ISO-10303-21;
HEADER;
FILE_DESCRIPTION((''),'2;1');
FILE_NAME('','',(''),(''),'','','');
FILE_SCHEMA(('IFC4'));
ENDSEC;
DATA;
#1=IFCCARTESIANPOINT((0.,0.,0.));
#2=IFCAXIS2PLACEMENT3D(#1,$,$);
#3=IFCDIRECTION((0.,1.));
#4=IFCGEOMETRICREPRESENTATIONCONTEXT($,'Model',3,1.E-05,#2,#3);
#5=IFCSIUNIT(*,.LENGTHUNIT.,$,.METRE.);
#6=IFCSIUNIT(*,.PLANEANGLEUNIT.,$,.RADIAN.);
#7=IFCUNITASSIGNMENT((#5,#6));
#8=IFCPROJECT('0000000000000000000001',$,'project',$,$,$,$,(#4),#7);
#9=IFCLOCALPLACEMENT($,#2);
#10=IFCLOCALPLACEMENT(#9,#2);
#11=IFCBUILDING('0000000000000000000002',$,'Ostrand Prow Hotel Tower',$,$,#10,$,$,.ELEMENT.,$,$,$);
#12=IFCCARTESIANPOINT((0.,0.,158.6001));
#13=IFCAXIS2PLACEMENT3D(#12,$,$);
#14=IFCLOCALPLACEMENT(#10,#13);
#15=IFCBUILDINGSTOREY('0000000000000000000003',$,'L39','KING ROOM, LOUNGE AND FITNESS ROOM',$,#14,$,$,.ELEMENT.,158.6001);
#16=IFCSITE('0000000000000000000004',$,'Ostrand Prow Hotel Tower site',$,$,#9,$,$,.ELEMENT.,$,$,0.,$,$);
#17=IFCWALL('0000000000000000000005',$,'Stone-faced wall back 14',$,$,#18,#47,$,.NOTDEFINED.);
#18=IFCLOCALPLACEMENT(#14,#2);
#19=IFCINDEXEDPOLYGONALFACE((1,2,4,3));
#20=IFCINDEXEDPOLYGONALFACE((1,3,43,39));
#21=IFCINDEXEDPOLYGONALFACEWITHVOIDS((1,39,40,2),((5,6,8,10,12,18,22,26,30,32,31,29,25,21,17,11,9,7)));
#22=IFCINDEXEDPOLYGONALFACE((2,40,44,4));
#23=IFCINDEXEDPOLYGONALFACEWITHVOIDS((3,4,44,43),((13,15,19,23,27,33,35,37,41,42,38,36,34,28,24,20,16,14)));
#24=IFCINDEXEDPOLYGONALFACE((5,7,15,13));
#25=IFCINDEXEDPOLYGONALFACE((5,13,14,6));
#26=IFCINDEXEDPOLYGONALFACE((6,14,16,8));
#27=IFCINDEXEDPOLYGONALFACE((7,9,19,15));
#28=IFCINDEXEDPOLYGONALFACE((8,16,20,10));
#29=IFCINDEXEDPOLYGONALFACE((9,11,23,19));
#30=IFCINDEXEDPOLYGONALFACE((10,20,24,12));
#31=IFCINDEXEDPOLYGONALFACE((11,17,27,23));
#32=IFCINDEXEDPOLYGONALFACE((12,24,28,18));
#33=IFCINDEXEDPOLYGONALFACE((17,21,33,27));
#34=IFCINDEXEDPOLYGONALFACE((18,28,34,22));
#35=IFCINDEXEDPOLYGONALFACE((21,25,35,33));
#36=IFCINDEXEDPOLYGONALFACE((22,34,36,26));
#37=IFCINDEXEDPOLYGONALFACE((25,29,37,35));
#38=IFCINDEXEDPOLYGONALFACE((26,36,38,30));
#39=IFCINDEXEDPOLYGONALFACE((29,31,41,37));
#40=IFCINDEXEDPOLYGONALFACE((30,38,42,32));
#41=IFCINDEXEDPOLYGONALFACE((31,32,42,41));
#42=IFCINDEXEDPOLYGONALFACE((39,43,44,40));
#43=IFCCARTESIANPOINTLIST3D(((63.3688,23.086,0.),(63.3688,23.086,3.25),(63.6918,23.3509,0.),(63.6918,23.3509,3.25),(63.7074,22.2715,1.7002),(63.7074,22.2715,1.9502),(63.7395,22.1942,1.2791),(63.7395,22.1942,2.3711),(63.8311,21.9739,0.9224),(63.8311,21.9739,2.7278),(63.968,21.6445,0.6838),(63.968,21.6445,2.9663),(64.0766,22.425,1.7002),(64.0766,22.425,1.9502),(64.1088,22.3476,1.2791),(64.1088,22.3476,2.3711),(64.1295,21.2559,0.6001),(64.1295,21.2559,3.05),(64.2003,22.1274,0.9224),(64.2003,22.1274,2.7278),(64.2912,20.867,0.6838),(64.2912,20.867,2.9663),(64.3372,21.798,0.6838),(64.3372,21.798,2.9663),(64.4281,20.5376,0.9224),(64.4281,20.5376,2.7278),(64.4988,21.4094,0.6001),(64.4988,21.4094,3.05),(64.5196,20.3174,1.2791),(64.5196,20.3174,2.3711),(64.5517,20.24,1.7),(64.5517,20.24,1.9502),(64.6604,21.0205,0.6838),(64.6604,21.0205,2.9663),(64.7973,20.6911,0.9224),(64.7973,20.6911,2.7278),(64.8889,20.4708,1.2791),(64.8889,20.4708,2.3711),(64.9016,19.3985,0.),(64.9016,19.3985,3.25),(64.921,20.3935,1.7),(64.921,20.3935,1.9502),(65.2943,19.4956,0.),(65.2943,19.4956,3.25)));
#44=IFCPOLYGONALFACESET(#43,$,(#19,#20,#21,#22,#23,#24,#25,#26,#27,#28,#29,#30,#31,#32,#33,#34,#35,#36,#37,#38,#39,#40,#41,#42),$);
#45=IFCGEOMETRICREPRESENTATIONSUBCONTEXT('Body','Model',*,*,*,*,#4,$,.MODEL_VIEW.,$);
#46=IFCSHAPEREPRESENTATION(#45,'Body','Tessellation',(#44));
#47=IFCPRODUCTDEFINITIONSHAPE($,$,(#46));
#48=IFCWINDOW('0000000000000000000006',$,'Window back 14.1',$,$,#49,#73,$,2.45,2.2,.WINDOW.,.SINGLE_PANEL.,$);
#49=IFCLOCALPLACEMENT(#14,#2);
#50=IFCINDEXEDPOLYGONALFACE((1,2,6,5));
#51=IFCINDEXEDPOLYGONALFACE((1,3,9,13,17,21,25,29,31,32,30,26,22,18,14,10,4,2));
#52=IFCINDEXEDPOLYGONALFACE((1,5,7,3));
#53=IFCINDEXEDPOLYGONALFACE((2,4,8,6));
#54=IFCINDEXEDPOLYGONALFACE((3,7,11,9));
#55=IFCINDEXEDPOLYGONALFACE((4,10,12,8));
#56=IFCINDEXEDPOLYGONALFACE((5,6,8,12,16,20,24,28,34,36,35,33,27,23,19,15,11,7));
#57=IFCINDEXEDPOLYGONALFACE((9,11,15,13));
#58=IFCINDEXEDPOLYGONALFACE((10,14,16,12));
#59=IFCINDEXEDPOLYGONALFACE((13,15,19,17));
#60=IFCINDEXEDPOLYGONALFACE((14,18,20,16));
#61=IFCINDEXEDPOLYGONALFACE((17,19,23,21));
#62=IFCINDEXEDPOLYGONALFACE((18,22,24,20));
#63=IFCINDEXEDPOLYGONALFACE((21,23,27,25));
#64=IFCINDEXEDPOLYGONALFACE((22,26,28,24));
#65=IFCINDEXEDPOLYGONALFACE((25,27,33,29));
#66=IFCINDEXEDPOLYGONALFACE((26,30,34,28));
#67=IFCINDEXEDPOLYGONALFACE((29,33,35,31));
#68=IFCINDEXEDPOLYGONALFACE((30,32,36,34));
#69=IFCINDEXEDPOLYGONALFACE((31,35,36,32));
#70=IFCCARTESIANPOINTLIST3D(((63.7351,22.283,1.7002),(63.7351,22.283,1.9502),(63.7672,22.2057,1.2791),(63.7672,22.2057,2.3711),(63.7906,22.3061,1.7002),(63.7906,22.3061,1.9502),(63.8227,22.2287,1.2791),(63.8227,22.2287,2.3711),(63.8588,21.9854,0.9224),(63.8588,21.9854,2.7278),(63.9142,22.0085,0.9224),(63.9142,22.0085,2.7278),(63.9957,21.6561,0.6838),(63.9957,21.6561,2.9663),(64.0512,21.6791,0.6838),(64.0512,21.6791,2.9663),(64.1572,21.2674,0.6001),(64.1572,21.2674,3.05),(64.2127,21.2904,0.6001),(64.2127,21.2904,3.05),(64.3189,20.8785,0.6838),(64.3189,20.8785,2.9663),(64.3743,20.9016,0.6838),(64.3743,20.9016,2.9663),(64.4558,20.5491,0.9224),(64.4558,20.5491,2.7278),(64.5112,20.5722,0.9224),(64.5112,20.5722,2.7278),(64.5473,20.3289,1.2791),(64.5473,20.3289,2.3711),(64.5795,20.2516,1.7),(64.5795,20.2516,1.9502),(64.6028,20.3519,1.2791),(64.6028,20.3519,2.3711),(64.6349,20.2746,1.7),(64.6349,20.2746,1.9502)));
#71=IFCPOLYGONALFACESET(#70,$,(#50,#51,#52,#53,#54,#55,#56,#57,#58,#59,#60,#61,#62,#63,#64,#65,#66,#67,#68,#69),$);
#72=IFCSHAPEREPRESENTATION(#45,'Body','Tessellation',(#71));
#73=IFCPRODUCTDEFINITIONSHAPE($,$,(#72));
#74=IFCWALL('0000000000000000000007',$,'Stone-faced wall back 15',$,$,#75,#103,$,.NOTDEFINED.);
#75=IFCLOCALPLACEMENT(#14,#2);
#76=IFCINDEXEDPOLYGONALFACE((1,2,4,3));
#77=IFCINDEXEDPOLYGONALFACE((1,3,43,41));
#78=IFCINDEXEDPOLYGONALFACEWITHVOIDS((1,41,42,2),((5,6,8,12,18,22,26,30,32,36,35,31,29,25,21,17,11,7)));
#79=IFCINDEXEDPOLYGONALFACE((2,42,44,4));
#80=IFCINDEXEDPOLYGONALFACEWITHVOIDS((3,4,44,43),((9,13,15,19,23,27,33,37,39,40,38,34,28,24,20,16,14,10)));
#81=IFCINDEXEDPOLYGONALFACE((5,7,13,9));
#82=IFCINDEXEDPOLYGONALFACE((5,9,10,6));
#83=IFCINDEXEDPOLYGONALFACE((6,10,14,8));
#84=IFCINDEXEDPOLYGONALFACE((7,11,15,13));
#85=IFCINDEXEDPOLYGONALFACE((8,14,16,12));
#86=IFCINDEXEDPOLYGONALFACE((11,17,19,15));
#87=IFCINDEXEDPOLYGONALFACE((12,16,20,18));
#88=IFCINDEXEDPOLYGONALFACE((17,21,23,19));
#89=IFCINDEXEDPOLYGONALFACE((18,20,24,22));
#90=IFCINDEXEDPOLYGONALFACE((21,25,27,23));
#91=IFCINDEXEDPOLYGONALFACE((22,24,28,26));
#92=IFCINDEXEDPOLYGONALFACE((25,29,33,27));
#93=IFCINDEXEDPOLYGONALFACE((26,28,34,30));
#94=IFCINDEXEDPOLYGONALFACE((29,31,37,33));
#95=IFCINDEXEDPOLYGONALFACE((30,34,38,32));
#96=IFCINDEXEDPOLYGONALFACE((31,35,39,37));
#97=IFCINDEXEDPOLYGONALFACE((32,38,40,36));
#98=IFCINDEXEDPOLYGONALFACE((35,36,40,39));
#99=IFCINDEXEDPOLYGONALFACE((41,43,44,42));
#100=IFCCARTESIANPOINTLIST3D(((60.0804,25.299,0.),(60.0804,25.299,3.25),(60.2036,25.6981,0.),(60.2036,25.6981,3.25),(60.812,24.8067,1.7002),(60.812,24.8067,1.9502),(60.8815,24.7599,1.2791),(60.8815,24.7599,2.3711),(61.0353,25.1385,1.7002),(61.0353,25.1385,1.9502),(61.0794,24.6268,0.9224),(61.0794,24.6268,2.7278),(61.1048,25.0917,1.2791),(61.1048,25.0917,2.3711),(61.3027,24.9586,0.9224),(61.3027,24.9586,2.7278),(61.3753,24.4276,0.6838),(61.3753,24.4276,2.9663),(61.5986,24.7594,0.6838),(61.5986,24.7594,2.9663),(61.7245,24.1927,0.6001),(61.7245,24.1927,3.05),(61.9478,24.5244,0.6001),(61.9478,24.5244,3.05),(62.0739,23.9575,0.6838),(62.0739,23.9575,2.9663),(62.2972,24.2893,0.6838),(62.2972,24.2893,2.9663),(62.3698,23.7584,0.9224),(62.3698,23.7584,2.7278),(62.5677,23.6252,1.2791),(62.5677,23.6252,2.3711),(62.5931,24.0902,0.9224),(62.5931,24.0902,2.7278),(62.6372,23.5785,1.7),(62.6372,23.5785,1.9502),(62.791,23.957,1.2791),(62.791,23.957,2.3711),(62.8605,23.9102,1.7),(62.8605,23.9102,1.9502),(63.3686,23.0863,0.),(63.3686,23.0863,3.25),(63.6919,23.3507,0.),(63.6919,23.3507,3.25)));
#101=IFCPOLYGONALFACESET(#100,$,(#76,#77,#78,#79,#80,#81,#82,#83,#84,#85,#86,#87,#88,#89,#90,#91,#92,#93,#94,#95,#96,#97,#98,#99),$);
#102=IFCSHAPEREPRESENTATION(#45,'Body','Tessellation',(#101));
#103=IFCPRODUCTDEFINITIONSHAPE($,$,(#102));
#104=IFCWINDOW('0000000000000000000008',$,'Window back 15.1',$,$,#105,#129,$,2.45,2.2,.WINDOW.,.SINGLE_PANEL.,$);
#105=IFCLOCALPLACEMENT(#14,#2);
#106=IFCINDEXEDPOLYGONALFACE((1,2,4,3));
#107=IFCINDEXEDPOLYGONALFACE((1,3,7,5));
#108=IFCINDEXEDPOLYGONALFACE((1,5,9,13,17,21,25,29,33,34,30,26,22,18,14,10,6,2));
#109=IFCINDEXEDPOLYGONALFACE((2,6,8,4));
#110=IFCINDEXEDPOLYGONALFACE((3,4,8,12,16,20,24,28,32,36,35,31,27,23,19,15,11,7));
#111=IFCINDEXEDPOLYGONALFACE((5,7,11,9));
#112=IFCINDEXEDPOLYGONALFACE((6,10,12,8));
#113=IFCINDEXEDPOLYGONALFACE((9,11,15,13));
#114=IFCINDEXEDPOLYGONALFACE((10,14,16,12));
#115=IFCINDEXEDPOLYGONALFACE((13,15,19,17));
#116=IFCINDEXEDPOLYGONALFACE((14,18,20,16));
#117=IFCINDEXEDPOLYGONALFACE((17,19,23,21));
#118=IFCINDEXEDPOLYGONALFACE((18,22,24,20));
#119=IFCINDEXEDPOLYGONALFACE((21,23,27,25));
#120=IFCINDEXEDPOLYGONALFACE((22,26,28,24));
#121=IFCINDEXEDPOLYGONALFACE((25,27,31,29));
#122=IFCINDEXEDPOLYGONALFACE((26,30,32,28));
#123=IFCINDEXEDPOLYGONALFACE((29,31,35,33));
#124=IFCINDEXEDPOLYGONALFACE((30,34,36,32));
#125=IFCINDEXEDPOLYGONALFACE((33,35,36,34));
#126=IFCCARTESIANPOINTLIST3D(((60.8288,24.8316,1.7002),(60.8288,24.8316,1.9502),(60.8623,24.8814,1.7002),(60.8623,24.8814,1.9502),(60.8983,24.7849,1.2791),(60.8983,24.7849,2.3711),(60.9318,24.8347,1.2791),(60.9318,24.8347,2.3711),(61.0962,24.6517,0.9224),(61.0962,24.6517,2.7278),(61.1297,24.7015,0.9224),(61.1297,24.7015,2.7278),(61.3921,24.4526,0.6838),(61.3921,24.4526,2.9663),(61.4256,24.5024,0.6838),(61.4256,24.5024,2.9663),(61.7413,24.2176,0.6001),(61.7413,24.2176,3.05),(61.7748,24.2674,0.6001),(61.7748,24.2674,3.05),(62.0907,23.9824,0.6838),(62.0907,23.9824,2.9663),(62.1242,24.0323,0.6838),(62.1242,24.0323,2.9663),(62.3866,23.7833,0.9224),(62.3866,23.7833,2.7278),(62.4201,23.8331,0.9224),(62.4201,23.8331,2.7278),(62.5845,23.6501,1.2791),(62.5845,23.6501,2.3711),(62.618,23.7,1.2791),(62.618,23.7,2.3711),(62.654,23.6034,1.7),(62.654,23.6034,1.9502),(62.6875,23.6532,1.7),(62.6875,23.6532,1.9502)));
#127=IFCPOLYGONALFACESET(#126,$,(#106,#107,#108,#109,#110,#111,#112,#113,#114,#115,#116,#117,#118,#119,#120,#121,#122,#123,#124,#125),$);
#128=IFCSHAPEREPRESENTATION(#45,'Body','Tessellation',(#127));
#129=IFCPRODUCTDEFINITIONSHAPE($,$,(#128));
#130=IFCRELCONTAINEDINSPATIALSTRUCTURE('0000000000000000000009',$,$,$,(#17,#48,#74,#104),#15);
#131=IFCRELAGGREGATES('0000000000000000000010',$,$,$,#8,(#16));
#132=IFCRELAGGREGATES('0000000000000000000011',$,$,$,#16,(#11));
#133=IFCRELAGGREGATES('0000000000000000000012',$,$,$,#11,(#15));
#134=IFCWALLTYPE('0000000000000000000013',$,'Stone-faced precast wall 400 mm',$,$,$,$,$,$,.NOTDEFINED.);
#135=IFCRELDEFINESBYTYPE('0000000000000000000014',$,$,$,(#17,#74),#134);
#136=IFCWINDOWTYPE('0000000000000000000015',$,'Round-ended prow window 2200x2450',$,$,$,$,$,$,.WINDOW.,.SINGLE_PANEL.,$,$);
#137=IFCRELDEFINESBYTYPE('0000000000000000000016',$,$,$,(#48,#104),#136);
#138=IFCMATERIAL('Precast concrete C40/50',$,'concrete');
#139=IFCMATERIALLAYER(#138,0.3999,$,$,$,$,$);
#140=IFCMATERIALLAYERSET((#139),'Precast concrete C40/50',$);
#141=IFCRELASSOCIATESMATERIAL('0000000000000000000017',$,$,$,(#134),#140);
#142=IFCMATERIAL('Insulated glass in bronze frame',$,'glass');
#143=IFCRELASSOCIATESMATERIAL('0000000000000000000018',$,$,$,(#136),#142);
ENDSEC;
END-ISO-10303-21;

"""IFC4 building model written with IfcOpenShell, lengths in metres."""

from ifc_helpers import new_model, si_unit, direction, frame, origin, place, context, subcontext, project, spatial, polyline, outline, extrude, material, layer, layer_set, type_object, element, fill, save


model = new_model("IFC4")

# Units and contexts
model_context = context("Model", 3, precision=1e-05, world=origin(), true_north=direction((0.0, 1.0)))
body_context = subcontext(model_context, "Body", "Model", "MODEL_VIEW")
ifc_project = project(units=[si_unit("LENGTHUNIT", "METRE"), si_unit("PLANEANGLEUNIT", "RADIAN")], contexts=[model_context])

# Site, building, storey
site_placement = place(None, origin())
site = spatial("IfcSite", under=ifc_project, at=site_placement, Name="Ostrand Prow Hotel Tower site", CompositionType="ELEMENT", RefElevation=0.0)
building_placement = place(site_placement, origin())
building = spatial("IfcBuilding", under=site, at=building_placement, Name="Ostrand Prow Hotel Tower", CompositionType="ELEMENT")
storey_placement = place(building_placement, frame((0.0, 0.0, 158.6001)))
storey = spatial("IfcBuildingStorey", under=building, at=storey_placement, Name="L39", Description="KING ROOM, LOUNGE AND FITNESS ROOM", CompositionType="ELEMENT", Elevation=158.6001)

# Shared definitions
ifc_material_1 = material(Name="Precast concrete C40/50", Category="concrete")
ifc_layer_1 = layer(ifc_material_1, 0.3999)
ifc_layer_set_1 = layer_set([ifc_layer_1], Name="Precast concrete C40/50")
wall_type_1 = type_object("IfcWallType", Name="Stone-faced precast wall 400 mm", PredefinedType="NOTDEFINED", material=ifc_layer_set_1)

# Walls, openings, windows
wall_1_placement = place(storey_placement, frame((65.0979, 19.447, 0.0), z_axis=(0.0, 0.0, 1.0), x_axis=(-0.383817, 0.923409, 0.0)))
wall_1 = element("IfcWall", 1, at=wall_1_placement, inside=storey, type_object=wall_type_1, Name="Stone-faced wall back 14", PredefinedType="NOTDEFINED", context=body_context, shape_type="SweptSolid", body=[
    extrude(outline(polyline([(-0.0305, -0.2), (4.1445, -0.2), (4.0239, 0.2), (0.0305, 0.2), (-0.0305, -0.2)])), origin(), (0.0, 0.0, 1.0), 3.25),
])
opening_1_placement = place(wall_1_placement, frame((0.9419, 0.0, 0.6001)))
opening_1 = element("IfcOpeningElement", 2, at=opening_1_placement, cuts=wall_1, PredefinedType="OPENING", context=body_context, shape_type="SweptSolid", body=[
    extrude(outline(polyline([(0.0, 1.3501), (0.0837, 1.771), (0.3223, 2.1277), (0.679, 2.3662), (1.1001, 2.45), (1.521, 2.3662), (1.8777, 2.1277), (2.1162, 1.771), (2.2, 1.3501), (2.2, 1.1001), (2.1162, 0.679), (1.8777, 0.3223), (1.521, 0.0837), (1.1001, 0.0), (0.679, 0.0837), (0.3223, 0.3223), (0.0837, 0.679), (0.0, 1.0999), (0.0, 1.3501)])), frame((0.0, 0.21, 0.0), z_axis=(0.0, -1.0, 0.0), x_axis=(1.0, 0.0, 0.0)), (0.0, 0.0, 1.0), 0.4199),
])
ifc_material_2 = material(Name="Insulated glass in bronze frame", Category="glass")
window_type = type_object("IfcWindowType", Name="Round-ended prow window 2200x2450", PartitioningType="SINGLE_PANEL", PredefinedType="WINDOW", material=ifc_material_2)
window_1_placement = place(opening_1_placement, origin())
window_1 = element("IfcWindow", 3, at=window_1_placement, inside=storey, type_object=window_type, Name="Window back 14.1", OverallHeight=2.45, OverallWidth=2.2, PartitioningType="SINGLE_PANEL", PredefinedType="WINDOW", context=body_context, shape_type="SweptSolid", body=[
    extrude(outline(polyline([(0.0, 1.3501), (0.0837, 1.771), (0.3223, 2.1277), (0.679, 2.3662), (1.1001, 2.45), (1.521, 2.3662), (1.8777, 2.1277), (2.1162, 1.771), (2.2, 1.3501), (2.2, 1.1001), (2.1162, 0.679), (1.8777, 0.3223), (1.521, 0.0837), (1.1001, 0.0), (0.679, 0.0837), (0.3223, 0.3223), (0.0837, 0.679), (0.0, 1.0999), (0.0, 1.3501)])), frame((0.0, 0.1699, 0.0), z_axis=(0.0, -1.0, 0.0), x_axis=(1.0, 0.0, 0.0)), (0.0, 0.0, 1.0), 0.0601),
])
fill(opening_1, window_1)
wall_2_placement = place(storey_placement, frame((63.5303, 23.2185, 0.0), z_axis=(0.0, 0.0, 1.0), x_axis=(-0.829642, 0.558296, 0.0)))
wall_2 = element("IfcWall", 4, at=wall_2_placement, inside=storey, type_object=wall_type_1, Name="Stone-faced wall back 15", PredefinedType="NOTDEFINED", context=body_context, shape_type="SweptSolid", body=[
    extrude(outline(polyline([(-0.0603, -0.2), (4.1443, -0.2), (4.0237, 0.2), (0.0603, 0.2), (-0.0603, -0.2)])), origin(), (0.0, 0.0, 1.0), 3.25),
])
opening_2_placement = place(wall_2_placement, frame((0.9419, 0.0, 0.6001)))
opening_2 = element("IfcOpeningElement", 5, at=opening_2_placement, cuts=wall_2, PredefinedType="OPENING", context=body_context, shape_type="SweptSolid", body=[
    extrude(outline(polyline([(0.0, 1.3501), (0.0837, 1.771), (0.3223, 2.1277), (0.679, 2.3662), (1.1001, 2.45), (1.521, 2.3662), (1.8777, 2.1277), (2.1162, 1.771), (2.2, 1.3501), (2.2, 1.1001), (2.1162, 0.679), (1.8777, 0.3223), (1.521, 0.0837), (1.1001, 0.0), (0.679, 0.0837), (0.3223, 0.3223), (0.0837, 0.679), (0.0, 1.0999), (0.0, 1.3501)])), frame((0.0, 0.21, 0.0), z_axis=(0.0, -1.0, 0.0), x_axis=(1.0, 0.0, 0.0)), (0.0, 0.0, 1.0), 0.4199),
])
window_2_placement = place(opening_2_placement, origin())
window_2 = element("IfcWindow", 6, at=window_2_placement, inside=storey, type_object=window_type, Name="Window back 15.1", OverallHeight=2.45, OverallWidth=2.2, PartitioningType="SINGLE_PANEL", PredefinedType="WINDOW", context=body_context, shape_type="SweptSolid", body=[
    extrude(outline(polyline([(0.0, 1.3501), (0.0837, 1.771), (0.3223, 2.1277), (0.679, 2.3662), (1.1001, 2.45), (1.521, 2.3662), (1.8777, 2.1277), (2.1162, 1.771), (2.2, 1.3501), (2.2, 1.1001), (2.1162, 0.679), (1.8777, 0.3223), (1.521, 0.0837), (1.1001, 0.0), (0.679, 0.0837), (0.3223, 0.3223), (0.0837, 0.679), (0.0, 1.0999), (0.0, 1.3501)])), frame((0.0, 0.1699, 0.0), z_axis=(0.0, -1.0, 0.0), x_axis=(1.0, 0.0, 0.0)), (0.0, 0.0, 1.0), 0.0601),
])
fill(opening_2, window_2)

save(model, "model.ifc")
